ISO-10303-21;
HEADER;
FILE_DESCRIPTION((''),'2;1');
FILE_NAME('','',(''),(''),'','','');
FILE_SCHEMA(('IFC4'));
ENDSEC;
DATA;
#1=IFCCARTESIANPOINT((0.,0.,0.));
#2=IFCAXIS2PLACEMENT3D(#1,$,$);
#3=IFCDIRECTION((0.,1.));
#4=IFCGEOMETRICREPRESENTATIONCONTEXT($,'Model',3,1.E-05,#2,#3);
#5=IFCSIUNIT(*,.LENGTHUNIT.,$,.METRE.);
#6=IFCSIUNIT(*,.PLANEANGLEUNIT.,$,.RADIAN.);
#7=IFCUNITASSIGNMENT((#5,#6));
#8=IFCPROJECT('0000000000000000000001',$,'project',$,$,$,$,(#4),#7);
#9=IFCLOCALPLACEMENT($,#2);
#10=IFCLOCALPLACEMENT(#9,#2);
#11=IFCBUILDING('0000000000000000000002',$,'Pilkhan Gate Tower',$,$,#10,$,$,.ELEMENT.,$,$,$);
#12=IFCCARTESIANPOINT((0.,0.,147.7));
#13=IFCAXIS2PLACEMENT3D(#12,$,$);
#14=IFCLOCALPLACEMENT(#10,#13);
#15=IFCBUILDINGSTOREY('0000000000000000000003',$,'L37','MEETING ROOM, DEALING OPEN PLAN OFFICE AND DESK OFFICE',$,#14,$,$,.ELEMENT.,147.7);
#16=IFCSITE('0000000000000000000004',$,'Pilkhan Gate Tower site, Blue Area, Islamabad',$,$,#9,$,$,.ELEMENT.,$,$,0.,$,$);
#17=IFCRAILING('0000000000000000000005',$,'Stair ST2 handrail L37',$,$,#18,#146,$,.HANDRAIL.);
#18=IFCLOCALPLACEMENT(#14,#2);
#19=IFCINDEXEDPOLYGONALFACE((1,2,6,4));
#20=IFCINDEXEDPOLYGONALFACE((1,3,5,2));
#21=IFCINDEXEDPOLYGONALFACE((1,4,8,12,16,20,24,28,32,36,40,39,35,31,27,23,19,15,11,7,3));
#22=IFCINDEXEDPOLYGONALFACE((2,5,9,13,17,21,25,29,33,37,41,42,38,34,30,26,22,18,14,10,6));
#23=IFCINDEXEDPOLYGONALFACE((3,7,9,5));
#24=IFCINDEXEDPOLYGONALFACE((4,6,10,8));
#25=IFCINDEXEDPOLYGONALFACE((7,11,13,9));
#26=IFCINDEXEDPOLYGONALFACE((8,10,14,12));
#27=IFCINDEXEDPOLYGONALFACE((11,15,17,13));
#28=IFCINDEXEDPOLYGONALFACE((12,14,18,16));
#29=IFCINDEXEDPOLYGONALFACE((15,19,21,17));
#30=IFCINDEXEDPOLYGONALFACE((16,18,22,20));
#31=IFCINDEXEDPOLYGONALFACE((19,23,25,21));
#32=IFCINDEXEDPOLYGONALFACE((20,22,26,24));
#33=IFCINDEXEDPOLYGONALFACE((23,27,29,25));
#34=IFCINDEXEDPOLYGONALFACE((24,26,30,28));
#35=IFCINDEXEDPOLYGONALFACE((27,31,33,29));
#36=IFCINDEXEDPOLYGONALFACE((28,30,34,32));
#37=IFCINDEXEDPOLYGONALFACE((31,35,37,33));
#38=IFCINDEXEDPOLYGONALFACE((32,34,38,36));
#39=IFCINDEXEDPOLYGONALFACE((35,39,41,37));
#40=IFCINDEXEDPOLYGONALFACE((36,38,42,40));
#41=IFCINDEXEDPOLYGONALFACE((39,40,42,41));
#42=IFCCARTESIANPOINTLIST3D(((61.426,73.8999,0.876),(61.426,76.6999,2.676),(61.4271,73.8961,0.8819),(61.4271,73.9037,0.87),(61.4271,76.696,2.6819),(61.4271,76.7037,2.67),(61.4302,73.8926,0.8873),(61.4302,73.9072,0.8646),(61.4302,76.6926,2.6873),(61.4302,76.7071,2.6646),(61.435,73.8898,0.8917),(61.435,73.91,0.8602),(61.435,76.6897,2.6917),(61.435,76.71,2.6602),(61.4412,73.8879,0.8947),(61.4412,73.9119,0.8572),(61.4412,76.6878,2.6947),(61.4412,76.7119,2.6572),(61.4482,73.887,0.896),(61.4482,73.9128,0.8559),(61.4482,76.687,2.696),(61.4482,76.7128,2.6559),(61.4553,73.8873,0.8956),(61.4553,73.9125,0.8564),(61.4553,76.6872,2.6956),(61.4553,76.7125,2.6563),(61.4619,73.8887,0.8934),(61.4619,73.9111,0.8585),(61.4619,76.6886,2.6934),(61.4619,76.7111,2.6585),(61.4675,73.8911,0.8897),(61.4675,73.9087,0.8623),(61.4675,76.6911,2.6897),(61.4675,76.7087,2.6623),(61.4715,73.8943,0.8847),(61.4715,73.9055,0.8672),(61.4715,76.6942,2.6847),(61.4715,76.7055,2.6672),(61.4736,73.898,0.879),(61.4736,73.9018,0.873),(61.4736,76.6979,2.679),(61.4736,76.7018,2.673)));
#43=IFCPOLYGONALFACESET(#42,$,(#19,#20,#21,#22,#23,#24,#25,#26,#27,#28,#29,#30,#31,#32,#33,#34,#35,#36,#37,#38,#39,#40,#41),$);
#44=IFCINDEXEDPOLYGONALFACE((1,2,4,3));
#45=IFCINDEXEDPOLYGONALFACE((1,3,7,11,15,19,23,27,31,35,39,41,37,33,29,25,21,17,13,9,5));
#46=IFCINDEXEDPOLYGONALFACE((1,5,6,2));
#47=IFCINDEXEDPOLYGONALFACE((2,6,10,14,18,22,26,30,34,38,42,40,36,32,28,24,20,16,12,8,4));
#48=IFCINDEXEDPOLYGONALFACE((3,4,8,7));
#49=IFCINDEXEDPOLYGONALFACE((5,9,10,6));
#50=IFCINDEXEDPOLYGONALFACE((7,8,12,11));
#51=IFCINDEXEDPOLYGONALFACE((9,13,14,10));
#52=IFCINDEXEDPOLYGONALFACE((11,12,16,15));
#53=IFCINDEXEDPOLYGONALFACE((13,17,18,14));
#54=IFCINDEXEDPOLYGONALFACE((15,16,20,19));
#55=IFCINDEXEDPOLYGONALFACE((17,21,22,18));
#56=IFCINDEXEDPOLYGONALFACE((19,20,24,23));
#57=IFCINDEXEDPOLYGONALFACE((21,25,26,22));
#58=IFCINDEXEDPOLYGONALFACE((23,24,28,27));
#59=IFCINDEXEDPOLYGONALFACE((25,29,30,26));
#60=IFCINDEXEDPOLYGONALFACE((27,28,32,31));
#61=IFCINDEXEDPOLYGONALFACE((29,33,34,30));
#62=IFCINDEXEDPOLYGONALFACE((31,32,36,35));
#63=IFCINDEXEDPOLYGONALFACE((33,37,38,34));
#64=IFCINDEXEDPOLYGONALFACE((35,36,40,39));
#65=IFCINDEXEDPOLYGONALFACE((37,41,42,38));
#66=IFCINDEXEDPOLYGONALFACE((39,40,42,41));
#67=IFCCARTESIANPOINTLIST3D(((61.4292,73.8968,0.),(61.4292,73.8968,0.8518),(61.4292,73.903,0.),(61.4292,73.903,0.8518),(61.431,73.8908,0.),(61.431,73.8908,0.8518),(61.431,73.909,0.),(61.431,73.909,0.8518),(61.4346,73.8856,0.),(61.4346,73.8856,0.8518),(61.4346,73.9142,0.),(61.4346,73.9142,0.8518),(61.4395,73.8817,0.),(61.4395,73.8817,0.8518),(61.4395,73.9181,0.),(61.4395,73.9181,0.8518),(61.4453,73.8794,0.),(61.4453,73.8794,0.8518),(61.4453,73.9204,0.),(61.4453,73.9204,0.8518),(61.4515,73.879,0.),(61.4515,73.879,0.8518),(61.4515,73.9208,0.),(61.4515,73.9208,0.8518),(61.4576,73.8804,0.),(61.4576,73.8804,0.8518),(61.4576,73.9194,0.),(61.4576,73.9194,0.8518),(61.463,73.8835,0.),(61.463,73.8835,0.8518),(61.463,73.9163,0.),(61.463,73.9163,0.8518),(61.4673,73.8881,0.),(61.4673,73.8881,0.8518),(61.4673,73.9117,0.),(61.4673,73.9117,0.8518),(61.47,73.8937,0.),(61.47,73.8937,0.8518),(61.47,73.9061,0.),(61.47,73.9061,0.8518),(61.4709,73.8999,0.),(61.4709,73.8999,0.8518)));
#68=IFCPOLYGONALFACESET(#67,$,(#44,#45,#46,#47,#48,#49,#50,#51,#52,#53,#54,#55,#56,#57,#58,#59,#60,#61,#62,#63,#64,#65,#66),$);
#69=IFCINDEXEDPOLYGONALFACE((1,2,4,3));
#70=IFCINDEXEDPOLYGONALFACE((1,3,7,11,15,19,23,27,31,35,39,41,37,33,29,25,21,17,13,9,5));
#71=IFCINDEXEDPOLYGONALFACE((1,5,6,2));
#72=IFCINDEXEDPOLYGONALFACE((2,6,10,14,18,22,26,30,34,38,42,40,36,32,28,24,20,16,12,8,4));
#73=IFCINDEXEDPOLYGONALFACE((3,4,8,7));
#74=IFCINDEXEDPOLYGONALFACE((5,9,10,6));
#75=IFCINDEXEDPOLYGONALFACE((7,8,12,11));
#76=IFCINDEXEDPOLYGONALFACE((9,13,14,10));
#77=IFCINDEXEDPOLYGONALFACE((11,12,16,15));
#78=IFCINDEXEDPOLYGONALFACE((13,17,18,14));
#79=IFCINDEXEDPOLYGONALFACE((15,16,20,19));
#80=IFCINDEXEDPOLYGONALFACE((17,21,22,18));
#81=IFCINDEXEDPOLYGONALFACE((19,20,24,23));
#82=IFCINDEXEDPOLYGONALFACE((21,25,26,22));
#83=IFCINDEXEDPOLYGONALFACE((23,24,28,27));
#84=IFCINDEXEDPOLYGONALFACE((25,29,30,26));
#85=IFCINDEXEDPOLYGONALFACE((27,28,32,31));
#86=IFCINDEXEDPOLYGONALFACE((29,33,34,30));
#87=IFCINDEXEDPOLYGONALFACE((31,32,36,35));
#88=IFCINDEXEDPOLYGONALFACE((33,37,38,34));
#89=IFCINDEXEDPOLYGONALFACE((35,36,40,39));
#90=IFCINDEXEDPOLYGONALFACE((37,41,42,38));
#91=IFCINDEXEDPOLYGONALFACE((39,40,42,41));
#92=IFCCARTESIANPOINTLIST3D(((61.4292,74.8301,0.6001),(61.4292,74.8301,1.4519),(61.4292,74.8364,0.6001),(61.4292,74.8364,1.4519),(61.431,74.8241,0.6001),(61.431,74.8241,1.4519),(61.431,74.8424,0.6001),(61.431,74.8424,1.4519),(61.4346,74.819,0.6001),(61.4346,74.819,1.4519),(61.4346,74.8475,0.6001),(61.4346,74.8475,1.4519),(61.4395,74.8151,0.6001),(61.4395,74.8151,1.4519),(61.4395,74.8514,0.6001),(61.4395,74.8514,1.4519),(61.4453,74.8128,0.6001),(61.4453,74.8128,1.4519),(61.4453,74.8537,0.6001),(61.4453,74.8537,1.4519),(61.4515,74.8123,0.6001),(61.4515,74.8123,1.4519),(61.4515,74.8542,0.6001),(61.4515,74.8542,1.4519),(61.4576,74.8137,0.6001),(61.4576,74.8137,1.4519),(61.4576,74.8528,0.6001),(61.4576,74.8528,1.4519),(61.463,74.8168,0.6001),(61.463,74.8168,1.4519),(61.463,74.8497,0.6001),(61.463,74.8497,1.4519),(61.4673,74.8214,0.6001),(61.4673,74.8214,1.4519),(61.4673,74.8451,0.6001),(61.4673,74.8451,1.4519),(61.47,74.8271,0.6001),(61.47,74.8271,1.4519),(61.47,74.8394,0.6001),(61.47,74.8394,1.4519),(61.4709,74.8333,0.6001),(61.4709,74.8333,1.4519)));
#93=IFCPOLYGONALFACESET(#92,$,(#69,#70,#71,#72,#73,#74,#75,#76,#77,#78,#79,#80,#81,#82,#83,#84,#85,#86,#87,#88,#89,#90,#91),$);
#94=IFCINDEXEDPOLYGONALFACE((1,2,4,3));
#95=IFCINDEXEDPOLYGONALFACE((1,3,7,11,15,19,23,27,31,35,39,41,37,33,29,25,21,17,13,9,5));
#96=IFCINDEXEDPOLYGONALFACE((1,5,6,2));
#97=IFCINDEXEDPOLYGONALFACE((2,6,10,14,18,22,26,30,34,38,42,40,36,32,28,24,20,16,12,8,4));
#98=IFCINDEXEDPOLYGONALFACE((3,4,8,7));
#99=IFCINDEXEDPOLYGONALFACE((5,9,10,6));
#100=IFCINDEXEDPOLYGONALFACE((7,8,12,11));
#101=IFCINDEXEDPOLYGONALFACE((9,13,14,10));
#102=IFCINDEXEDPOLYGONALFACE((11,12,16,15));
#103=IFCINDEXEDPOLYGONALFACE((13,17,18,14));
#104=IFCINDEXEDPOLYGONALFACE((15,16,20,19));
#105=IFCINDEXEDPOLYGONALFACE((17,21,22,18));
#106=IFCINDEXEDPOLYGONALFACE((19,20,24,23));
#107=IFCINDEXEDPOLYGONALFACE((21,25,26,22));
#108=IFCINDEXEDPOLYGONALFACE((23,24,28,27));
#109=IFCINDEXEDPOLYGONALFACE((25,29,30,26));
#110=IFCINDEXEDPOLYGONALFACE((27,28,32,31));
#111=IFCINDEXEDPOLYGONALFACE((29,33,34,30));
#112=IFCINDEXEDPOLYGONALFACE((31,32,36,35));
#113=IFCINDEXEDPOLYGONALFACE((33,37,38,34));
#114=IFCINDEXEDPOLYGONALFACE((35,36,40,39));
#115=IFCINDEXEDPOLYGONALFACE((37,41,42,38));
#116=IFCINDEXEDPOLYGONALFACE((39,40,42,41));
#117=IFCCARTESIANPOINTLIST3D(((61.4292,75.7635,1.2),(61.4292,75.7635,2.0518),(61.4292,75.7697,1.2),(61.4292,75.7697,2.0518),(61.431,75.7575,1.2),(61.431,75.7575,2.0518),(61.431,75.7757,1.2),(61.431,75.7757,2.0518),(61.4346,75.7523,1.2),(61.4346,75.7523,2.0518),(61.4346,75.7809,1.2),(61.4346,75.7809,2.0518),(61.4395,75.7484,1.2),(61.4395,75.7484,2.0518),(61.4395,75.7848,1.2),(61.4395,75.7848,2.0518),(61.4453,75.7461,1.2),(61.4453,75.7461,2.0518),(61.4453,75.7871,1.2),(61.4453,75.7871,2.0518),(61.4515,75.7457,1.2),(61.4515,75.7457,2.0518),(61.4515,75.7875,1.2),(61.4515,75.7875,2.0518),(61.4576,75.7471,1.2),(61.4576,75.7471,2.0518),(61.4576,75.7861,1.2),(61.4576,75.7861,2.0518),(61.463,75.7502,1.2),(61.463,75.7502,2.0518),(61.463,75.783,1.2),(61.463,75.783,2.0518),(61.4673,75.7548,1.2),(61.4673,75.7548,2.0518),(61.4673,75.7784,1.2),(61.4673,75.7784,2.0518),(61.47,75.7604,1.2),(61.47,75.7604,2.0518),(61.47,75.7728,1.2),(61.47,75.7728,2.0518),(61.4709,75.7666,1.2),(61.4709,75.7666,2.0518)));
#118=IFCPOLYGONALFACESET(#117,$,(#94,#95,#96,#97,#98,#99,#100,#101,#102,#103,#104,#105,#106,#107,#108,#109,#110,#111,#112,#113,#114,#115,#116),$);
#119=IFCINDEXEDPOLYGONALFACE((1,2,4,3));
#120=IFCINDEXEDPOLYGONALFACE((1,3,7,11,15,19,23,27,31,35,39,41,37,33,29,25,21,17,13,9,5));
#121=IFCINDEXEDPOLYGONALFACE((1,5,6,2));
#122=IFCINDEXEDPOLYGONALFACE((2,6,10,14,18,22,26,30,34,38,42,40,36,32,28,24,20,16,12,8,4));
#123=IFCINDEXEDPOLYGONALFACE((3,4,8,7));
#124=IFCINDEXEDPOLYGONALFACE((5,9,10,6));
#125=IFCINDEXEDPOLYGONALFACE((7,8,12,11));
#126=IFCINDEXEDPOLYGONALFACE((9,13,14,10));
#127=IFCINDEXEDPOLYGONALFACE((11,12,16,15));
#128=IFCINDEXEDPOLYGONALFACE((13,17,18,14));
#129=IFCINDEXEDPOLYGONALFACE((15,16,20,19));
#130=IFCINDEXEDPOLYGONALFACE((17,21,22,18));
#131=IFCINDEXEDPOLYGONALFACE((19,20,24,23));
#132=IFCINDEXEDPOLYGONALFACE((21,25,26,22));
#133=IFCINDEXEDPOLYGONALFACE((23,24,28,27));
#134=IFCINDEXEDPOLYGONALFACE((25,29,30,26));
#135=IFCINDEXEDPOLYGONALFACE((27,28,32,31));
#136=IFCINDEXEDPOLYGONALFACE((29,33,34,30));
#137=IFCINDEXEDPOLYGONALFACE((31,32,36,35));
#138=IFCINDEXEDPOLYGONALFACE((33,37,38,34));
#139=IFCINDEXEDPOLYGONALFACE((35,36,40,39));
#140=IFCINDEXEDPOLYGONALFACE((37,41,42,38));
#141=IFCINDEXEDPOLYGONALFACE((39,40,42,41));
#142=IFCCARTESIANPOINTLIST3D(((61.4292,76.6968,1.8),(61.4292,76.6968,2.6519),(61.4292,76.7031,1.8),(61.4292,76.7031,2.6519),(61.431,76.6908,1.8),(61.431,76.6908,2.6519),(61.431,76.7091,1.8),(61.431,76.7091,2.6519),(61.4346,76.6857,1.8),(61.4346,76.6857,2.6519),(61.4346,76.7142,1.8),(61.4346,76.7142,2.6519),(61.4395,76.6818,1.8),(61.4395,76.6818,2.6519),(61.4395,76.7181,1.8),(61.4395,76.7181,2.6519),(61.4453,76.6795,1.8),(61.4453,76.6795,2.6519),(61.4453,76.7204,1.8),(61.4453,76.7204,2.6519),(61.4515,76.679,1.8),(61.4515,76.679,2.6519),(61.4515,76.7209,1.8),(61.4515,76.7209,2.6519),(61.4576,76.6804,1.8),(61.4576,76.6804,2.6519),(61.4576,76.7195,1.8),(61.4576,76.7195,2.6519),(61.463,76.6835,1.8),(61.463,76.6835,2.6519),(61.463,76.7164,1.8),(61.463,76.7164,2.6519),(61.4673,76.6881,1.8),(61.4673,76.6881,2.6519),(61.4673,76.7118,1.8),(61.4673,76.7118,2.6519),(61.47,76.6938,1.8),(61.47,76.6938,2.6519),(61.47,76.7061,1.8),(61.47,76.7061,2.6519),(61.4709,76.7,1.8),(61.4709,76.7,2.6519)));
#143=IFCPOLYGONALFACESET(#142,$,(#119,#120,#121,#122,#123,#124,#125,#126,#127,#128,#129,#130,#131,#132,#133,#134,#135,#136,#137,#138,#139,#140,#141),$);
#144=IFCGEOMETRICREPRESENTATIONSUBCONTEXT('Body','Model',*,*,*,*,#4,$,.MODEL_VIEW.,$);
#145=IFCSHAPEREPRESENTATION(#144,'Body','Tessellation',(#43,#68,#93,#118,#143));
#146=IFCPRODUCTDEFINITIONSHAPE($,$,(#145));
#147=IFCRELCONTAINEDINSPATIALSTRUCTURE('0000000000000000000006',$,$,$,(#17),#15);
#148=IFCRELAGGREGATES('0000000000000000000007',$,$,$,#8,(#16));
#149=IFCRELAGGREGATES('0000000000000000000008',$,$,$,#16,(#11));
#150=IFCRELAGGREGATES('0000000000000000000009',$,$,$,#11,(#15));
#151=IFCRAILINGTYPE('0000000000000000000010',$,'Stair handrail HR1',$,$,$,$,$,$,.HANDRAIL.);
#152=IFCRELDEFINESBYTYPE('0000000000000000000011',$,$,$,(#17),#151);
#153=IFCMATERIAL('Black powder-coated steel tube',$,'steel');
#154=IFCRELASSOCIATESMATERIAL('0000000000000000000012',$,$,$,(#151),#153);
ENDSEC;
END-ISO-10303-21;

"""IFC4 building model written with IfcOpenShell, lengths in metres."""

from ifc_helpers import new_model, si_unit, direction, frame, origin, origin_2d, place, context, subcontext, project, spatial, circle, extrude, material, type_object, element, save


model = new_model("IFC4")

# Units and contexts
model_context = context("Model", 3, precision=1e-05, world=origin(), true_north=direction((0.0, 1.0)))
body_context = subcontext(model_context, "Body", "Model", "MODEL_VIEW")
ifc_project = project(units=[si_unit("LENGTHUNIT", "METRE"), si_unit("PLANEANGLEUNIT", "RADIAN")], contexts=[model_context])

# Site, building, storey
site_placement = place(None, origin())
site = spatial("IfcSite", under=ifc_project, at=site_placement, Name="Pilkhan Gate Tower site, Blue Area, Islamabad", CompositionType="ELEMENT", RefElevation=0.0)
building_placement = place(site_placement, origin())
building = spatial("IfcBuilding", under=site, at=building_placement, Name="Pilkhan Gate Tower", CompositionType="ELEMENT")
storey_placement = place(building_placement, frame((0.0, 0.0, 147.7)))
storey = spatial("IfcBuildingStorey", under=building, at=storey_placement, Name="L37", Description="MEETING ROOM, DEALING OPEN PLAN OFFICE AND DESK OFFICE", CompositionType="ELEMENT", Elevation=147.7)

# Railing
ifc_material_1 = material(Name="Black powder-coated steel tube", Category="steel")
railing_type_1 = type_object("IfcRailingType", Name="Stair handrail HR1", PredefinedType="HANDRAIL", material=ifc_material_1)
railing_1_placement = place(storey_placement, frame((61.45, 73.8999, 0.0)))
element("IfcRailing", 1, at=railing_1_placement, inside=storey, type_object=railing_type_1, Name="Stair ST2 handrail L37", PredefinedType="HANDRAIL", context=body_context, shape_type="SweptSolid", body=[
    extrude(circle(Radius=0.0239, at=origin_2d()), frame((0.0, 0.0, 0.876), z_axis=(0.0, 0.841176, 0.540761), x_axis=(-1.0, 0.0, 0.0)), (0.0, 0.0, 1.0), 3.3286),
    extrude(circle(Radius=0.021, at=origin_2d()), origin(), (0.0, 0.0, 1.0), 0.8518),
    extrude(circle(Radius=0.021, at=origin_2d()), frame((0.0, 0.9333, 0.6001)), (0.0, 0.0, 1.0), 0.8518),
    extrude(circle(Radius=0.021, at=origin_2d()), frame((0.0, 1.8667, 1.2)), (0.0, 0.0, 1.0), 0.8518),
    extrude(circle(Radius=0.021, at=origin_2d()), frame((0.0, 2.8, 1.8)), (0.0, 0.0, 1.0), 0.8518),
])

save(model, "model.ifc")
